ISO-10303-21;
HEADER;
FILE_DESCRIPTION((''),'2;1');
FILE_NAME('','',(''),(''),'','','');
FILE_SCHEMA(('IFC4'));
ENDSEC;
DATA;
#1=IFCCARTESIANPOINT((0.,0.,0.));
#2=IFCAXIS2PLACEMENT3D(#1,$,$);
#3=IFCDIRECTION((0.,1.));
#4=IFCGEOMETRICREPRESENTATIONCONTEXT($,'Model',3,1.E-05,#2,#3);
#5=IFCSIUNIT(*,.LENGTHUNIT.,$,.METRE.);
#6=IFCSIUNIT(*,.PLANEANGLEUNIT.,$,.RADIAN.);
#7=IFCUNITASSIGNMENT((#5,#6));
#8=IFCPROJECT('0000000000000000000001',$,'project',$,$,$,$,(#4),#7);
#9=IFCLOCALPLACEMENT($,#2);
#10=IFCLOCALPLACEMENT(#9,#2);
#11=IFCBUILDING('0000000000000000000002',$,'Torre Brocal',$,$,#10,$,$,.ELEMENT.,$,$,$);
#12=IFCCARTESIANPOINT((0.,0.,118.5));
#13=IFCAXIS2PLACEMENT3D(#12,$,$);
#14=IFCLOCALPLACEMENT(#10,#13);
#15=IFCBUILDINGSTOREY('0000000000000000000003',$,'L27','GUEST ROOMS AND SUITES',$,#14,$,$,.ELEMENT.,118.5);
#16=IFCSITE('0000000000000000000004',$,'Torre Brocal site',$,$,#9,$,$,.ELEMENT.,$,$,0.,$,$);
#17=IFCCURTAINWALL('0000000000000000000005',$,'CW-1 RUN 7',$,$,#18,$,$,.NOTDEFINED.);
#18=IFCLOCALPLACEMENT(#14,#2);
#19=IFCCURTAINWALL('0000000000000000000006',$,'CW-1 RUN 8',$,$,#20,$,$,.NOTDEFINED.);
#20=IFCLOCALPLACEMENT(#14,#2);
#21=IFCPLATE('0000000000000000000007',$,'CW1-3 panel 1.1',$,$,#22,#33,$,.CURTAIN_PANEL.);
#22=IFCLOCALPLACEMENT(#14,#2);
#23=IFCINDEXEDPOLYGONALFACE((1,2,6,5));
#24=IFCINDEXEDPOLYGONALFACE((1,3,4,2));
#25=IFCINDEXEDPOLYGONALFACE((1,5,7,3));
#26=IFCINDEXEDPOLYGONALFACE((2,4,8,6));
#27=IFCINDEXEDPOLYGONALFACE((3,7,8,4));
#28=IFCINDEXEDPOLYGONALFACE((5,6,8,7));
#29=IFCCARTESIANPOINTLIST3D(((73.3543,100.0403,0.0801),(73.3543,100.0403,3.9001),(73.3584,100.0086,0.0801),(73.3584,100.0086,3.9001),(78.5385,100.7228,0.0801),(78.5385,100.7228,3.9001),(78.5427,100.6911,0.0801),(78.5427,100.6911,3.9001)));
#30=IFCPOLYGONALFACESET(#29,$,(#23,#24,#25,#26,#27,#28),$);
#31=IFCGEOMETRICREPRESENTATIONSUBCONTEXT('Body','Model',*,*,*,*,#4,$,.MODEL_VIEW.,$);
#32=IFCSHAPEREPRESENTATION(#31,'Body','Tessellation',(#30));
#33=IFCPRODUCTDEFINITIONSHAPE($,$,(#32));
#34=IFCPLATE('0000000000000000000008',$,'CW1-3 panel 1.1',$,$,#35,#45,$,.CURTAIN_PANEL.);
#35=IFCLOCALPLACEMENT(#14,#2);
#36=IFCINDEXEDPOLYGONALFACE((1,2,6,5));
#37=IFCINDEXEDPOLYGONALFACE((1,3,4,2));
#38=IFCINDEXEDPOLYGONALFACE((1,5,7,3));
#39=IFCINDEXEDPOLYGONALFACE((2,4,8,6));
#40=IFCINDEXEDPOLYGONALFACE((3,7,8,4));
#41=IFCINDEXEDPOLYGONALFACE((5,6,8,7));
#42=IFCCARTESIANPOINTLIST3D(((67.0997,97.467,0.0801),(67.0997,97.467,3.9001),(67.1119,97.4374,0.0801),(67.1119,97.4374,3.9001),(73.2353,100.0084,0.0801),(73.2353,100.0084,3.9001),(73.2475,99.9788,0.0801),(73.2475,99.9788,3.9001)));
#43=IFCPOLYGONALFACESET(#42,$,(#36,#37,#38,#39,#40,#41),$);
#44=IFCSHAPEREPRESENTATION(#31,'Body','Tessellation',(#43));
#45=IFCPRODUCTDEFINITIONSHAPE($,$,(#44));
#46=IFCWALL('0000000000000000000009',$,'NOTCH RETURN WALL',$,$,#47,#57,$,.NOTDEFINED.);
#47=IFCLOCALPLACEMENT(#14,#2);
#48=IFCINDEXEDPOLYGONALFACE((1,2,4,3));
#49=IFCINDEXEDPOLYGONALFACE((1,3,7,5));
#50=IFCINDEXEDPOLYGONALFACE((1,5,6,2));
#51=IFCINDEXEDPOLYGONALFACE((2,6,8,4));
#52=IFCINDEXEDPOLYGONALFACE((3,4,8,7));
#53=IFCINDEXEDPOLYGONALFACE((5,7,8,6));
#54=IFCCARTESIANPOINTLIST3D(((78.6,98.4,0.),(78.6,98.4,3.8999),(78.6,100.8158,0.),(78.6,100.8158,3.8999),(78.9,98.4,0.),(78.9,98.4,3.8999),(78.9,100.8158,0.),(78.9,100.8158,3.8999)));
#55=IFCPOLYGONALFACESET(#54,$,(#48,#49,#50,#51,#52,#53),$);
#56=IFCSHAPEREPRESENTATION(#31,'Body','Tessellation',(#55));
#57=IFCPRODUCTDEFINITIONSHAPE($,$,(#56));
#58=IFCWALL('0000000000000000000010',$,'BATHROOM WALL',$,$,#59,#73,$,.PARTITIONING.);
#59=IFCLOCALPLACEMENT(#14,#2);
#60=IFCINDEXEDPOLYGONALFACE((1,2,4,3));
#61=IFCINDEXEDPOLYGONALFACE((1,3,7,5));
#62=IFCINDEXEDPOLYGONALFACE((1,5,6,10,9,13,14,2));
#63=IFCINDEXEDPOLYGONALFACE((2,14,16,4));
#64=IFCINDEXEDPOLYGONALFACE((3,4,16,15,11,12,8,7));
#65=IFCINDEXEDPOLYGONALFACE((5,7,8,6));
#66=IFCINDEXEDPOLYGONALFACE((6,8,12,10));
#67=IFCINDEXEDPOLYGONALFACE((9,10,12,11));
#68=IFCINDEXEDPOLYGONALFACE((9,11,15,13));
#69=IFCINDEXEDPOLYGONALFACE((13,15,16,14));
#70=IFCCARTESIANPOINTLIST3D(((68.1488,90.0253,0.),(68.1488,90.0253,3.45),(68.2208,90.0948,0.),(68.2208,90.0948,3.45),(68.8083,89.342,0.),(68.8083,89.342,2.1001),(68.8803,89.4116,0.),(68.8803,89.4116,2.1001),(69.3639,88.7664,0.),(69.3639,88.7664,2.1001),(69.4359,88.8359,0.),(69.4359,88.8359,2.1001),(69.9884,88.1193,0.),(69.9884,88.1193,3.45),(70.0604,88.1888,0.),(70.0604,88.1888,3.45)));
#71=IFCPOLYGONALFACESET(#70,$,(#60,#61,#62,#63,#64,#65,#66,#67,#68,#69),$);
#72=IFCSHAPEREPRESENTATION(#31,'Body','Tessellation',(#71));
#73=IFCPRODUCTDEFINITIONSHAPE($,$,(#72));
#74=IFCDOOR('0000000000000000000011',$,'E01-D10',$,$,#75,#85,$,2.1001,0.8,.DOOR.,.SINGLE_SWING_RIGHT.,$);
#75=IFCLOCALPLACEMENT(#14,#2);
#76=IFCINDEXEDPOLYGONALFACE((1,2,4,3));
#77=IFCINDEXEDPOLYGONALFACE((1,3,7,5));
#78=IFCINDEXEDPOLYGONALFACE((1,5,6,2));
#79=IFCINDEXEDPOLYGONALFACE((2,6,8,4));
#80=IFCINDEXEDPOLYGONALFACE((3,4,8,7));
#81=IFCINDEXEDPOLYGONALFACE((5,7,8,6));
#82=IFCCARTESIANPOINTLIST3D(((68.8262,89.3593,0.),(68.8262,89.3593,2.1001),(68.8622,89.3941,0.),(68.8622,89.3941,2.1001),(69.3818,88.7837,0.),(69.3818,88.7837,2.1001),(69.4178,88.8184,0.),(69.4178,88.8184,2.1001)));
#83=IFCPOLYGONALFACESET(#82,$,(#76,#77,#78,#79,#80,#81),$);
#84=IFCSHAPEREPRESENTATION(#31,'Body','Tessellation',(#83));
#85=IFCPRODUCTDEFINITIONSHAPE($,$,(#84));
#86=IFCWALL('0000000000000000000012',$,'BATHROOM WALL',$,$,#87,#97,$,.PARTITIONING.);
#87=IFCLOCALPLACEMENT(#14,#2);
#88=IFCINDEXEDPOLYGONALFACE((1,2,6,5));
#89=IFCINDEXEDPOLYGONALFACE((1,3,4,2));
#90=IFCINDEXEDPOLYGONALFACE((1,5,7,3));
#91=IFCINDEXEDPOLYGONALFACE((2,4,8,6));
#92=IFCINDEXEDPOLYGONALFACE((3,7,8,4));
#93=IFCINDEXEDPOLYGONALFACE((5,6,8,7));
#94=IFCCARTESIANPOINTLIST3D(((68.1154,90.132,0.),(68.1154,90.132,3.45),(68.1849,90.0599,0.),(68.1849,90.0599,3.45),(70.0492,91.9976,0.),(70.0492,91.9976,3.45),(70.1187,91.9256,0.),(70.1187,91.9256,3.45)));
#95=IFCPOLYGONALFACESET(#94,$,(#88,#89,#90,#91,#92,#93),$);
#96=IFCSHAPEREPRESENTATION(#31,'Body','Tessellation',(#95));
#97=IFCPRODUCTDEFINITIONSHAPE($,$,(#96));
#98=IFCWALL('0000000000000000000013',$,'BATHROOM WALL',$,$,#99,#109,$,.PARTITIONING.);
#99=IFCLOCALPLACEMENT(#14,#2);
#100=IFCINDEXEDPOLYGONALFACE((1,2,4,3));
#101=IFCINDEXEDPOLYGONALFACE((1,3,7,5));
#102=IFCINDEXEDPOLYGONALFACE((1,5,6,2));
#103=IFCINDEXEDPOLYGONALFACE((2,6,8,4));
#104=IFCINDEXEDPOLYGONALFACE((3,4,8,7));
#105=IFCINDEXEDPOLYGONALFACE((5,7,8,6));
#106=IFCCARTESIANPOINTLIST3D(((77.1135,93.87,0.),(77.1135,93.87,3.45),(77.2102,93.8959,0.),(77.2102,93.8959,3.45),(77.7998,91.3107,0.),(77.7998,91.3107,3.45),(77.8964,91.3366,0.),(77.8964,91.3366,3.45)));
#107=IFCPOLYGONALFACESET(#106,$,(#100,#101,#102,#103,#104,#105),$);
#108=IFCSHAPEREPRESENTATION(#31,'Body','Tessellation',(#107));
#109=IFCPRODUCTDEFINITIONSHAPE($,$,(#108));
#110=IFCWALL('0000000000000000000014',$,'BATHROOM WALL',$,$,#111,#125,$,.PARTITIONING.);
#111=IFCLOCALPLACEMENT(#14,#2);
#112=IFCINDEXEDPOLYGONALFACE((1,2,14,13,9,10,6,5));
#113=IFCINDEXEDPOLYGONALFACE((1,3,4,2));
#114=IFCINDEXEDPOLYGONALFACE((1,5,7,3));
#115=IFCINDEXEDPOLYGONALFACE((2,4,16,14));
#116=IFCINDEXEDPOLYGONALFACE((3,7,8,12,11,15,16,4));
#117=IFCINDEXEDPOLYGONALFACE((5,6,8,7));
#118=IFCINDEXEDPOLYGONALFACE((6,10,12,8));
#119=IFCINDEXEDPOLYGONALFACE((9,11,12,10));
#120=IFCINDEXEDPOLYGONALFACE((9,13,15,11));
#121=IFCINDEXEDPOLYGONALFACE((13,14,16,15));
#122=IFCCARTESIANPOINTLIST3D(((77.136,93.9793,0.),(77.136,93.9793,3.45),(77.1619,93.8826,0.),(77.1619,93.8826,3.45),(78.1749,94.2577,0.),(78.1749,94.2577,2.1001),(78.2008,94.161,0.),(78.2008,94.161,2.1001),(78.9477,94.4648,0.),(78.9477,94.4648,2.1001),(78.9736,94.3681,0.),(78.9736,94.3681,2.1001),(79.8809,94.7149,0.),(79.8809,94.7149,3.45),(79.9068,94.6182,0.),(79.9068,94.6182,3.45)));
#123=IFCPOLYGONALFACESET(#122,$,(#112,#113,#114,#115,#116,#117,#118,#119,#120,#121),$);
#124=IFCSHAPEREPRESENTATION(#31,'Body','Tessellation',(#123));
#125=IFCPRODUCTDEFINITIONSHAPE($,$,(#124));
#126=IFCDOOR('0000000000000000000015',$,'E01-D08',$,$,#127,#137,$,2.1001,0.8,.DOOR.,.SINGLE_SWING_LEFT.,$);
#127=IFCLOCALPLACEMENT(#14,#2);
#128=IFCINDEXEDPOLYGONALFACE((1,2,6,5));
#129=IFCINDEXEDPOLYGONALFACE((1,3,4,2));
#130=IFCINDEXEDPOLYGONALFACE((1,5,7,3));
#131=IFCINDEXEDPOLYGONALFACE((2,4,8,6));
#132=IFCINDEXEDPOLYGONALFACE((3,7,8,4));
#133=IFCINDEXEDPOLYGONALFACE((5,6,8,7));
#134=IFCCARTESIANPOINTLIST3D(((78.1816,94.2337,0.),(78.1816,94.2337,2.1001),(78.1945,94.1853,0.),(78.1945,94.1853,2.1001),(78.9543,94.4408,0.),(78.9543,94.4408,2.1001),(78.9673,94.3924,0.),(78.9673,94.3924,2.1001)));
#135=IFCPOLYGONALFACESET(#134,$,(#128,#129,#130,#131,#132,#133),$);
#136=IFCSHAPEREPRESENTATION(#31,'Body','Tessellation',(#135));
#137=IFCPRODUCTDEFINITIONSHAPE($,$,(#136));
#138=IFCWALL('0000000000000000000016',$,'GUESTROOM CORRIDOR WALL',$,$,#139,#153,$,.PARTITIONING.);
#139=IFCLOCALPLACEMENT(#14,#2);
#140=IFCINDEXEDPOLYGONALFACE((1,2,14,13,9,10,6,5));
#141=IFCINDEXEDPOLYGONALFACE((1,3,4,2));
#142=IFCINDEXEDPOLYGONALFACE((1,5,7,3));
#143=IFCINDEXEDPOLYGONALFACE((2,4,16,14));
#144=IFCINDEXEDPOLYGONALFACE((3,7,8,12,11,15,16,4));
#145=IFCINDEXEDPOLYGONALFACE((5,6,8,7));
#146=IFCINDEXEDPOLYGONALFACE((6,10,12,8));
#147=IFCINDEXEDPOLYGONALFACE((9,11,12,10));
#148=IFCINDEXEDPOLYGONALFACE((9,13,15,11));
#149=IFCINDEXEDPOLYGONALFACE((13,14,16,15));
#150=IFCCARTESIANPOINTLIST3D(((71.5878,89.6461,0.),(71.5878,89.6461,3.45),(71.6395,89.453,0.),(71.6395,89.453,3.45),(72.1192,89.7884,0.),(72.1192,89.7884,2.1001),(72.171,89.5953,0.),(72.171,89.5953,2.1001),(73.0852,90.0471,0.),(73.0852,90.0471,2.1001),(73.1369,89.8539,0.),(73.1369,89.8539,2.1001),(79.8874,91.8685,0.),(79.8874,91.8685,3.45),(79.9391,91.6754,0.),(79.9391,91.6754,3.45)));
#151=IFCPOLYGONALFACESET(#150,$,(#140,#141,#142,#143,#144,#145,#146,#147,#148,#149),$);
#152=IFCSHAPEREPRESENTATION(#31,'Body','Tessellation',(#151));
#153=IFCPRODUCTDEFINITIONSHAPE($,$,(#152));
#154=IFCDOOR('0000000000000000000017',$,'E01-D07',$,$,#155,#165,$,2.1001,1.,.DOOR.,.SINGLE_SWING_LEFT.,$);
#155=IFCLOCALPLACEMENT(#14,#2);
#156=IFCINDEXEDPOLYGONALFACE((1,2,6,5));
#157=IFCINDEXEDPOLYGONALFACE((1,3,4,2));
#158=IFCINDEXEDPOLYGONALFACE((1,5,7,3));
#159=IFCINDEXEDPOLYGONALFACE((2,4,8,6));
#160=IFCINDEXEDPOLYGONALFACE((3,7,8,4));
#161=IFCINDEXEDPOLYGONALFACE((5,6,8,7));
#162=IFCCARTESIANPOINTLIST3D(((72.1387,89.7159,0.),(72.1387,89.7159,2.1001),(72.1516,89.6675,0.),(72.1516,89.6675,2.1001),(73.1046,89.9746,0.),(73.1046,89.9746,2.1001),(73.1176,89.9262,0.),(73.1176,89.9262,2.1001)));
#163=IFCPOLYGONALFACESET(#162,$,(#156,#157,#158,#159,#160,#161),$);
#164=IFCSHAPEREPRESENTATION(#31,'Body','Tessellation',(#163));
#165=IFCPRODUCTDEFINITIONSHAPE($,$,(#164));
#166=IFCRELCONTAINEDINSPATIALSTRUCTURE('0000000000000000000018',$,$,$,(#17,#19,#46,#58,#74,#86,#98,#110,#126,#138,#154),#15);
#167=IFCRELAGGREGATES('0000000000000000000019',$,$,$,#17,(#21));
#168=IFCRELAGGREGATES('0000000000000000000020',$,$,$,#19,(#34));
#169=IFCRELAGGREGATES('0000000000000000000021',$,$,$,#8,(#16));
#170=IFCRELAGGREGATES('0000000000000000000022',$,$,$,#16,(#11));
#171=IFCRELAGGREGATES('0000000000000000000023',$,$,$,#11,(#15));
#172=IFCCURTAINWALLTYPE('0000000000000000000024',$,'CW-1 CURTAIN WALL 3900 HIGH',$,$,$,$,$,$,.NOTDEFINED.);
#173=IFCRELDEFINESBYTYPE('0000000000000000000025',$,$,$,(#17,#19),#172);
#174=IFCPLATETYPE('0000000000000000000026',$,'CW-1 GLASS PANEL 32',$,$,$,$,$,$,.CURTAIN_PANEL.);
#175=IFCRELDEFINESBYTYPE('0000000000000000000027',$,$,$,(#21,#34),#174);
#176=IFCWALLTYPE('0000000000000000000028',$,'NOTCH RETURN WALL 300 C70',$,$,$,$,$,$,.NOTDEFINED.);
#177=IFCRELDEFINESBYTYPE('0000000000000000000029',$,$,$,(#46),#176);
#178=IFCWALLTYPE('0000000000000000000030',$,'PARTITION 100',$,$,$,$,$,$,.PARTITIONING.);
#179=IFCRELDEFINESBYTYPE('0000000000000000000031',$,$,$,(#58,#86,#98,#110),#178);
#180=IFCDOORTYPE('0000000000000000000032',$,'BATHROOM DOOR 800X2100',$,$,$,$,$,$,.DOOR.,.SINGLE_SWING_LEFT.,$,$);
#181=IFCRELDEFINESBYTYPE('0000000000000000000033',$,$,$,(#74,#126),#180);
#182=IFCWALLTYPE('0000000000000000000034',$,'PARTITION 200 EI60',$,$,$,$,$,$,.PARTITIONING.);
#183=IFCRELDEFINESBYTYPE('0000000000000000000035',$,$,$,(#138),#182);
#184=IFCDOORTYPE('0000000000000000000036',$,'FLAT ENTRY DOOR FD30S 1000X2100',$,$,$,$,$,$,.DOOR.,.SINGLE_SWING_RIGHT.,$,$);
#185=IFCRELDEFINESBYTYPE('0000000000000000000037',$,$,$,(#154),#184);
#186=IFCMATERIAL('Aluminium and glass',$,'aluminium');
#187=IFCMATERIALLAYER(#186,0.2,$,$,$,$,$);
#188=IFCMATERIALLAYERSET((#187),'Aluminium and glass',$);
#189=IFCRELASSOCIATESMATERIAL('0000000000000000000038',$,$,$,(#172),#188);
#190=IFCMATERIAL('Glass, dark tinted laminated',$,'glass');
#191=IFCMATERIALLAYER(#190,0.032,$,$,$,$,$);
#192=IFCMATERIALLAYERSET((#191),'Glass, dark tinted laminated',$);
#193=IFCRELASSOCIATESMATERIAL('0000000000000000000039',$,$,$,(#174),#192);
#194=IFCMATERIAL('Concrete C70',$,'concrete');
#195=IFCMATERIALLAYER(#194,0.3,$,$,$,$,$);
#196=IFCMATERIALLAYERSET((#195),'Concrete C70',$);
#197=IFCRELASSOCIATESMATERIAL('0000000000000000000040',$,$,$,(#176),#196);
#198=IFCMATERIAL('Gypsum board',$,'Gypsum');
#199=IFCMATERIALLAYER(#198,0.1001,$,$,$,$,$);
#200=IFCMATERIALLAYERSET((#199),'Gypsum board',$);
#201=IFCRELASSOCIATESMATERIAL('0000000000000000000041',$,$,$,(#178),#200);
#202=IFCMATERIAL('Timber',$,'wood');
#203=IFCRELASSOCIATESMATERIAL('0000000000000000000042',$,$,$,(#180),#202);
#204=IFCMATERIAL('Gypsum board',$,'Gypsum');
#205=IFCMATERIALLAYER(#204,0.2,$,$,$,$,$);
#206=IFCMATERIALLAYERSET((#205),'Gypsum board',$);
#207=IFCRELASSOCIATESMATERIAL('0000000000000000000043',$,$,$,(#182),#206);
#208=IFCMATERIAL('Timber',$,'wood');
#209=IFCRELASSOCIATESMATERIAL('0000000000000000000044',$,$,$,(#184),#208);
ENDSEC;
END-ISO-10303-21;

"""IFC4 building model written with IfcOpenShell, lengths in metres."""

from ifc_helpers import new_model, si_unit, direction, frame, frame_2d, origin, origin_2d, place, context, subcontext, project, spatial, rectangle, extrude, material, layer, layer_set, type_object, element, fill, aggregate, save


model = new_model("IFC4")

# Units and contexts
model_context = context("Model", 3, precision=1e-05, world=origin(), true_north=direction((0.0, 1.0)))
body_context = subcontext(model_context, "Body", "Model", "MODEL_VIEW")
ifc_project = project(units=[si_unit("LENGTHUNIT", "METRE"), si_unit("PLANEANGLEUNIT", "RADIAN")], contexts=[model_context])

# Site, building, storey
site_placement = place(None, origin())
site = spatial("IfcSite", under=ifc_project, at=site_placement, Name="Torre Brocal site", CompositionType="ELEMENT", RefElevation=0.0)
building_placement = place(site_placement, origin())
building = spatial("IfcBuilding", under=site, at=building_placement, Name="Torre Brocal", CompositionType="ELEMENT")
storey_placement = place(building_placement, frame((0.0, 0.0, 118.5)))
storey = spatial("IfcBuildingStorey", under=building, at=storey_placement, Name="L27", Description="GUEST ROOMS AND SUITES", CompositionType="ELEMENT", Elevation=118.5)

# Curtain wall
ifc_material_1 = material(Name="Aluminium and glass", Category="aluminium")
ifc_layer_1 = layer(ifc_material_1, 0.2)
ifc_layer_set_1 = layer_set([ifc_layer_1], Name="Aluminium and glass")
curtain_wall_type = type_object("IfcCurtainWallType", Name="CW-1 CURTAIN WALL 3900 HIGH", PredefinedType="NOTDEFINED", material=ifc_layer_set_1)
curtain_wall_1_placement = place(storey_placement, origin())
curtain_wall_1 = element("IfcCurtainWall", 1, at=curtain_wall_1_placement, inside=storey, type_object=curtain_wall_type, Name="CW-1 RUN 7", PredefinedType="NOTDEFINED")

# Curtain wall
curtain_wall_2_placement = place(storey_placement, origin())
curtain_wall_2 = element("IfcCurtainWall", 2, at=curtain_wall_2_placement, inside=storey, type_object=curtain_wall_type, Name="CW-1 RUN 8", PredefinedType="NOTDEFINED")

# Plates
ifc_material_2 = material(Name="Glass, dark tinted laminated", Category="glass")
ifc_layer_2 = layer(ifc_material_2, 0.032)
ifc_layer_set_2 = layer_set([ifc_layer_2], Name="Glass, dark tinted laminated")
plate_type = type_object("IfcPlateType", Name="CW-1 GLASS PANEL 32", PredefinedType="CURTAIN_PANEL", material=ifc_layer_set_2)
plate_1_placement = place(storey_placement, frame((75.9485, 100.3657, 0.0801), z_axis=(0.0, 0.0, 1.0), x_axis=(-0.991445, -0.130526, 0.0)))
plate_1 = element("IfcPlate", 3, at=plate_1_placement, type_object=plate_type, Name="CW1-3 panel 1.1", PredefinedType="CURTAIN_PANEL", context=body_context, shape_type="SweptSolid", body=[
    extrude(rectangle(XDim=5.229, YDim=0.032, at=origin_2d()), origin(), (0.0, 0.0, 1.0), 3.8201),
])
aggregate(curtain_wall_1, [plate_1])
plate_2_placement = place(storey_placement, frame((70.1736, 98.7229, 0.0801), z_axis=(0.0, 0.0, 1.0), x_axis=(-0.92388, -0.382683, 0.0)))
plate_2 = element("IfcPlate", 4, at=plate_2_placement, type_object=plate_type, Name="CW1-3 panel 1.1", PredefinedType="CURTAIN_PANEL", context=body_context, shape_type="SweptSolid", body=[
    extrude(rectangle(XDim=6.6411, YDim=0.032, at=origin_2d()), origin(), (0.0, 0.0, 1.0), 3.8201),
])
aggregate(curtain_wall_2, [plate_2])

# Wall
ifc_material_3 = material(Name="Concrete C70", Category="concrete")
ifc_layer_3 = layer(ifc_material_3, 0.3)
ifc_layer_set_3 = layer_set([ifc_layer_3], Name="Concrete C70")
wall_type_1 = type_object("IfcWallType", Name="NOTCH RETURN WALL 300 C70", PredefinedType="NOTDEFINED", material=ifc_layer_set_3)
wall_1_placement = place(storey_placement, frame((78.75, 98.3999, 0.0), z_axis=(0.0, 0.0, 1.0), x_axis=(0.0, 1.0, 0.0)))
element("IfcWall", 5, at=wall_1_placement, inside=storey, type_object=wall_type_1, Name="NOTCH RETURN WALL", PredefinedType="NOTDEFINED", context=body_context, shape_type="SweptSolid", body=[
    extrude(rectangle(XDim=2.4158, YDim=0.3, at=frame_2d((1.208, 0.0))), origin(), (0.0, 0.0, 1.0), 3.8999),
])

# Wall, opening, door
ifc_material_4 = material(Name="Gypsum board", Category="Gypsum")
ifc_layer_4 = layer(ifc_material_4, 0.1001)
ifc_layer_set_4 = layer_set([ifc_layer_4], Name="Gypsum board")
wall_type_2 = type_object("IfcWallType", Name="PARTITION 100", PredefinedType="PARTITIONING", material=ifc_layer_set_4)
wall_2_placement = place(storey_placement, frame((68.1848, 90.0601, 0.0), z_axis=(0.0, 0.0, 1.0), x_axis=(0.694461, -0.71953, 0.0)))
wall_2 = element("IfcWall", 6, at=wall_2_placement, inside=storey, type_object=wall_type_2, Name="BATHROOM WALL", PredefinedType="PARTITIONING", context=body_context, shape_type="SweptSolid", body=[
    extrude(rectangle(XDim=2.6489, YDim=0.1001, at=frame_2d((1.3245, 0.0))), origin(), (0.0, 0.0, 1.0), 3.45),
])
opening_1_placement = place(wall_2_placement, frame((0.9497, 0.0, 0.0)))
opening_1 = element("IfcOpeningElement", 7, at=opening_1_placement, cuts=wall_2, PredefinedType="OPENING", context=body_context, shape_type="SweptSolid", body=[
    extrude(rectangle(XDim=0.8, YDim=2.1001, at=frame_2d((0.3999, 1.05))), frame((0.0, 0.0601, 0.0), z_axis=(0.0, -1.0, 0.0), x_axis=(1.0, 0.0, 0.0)), (0.0, 0.0, 1.0), 0.1201),
])
ifc_material_5 = material(Name="Timber", Category="wood")
door_type_1 = type_object("IfcDoorType", Name="BATHROOM DOOR 800X2100", OperationType="SINGLE_SWING_LEFT", PredefinedType="DOOR", material=ifc_material_5)
door_1_placement = place(opening_1_placement, origin())
door_1 = element("IfcDoor", 8, at=door_1_placement, inside=storey, type_object=door_type_1, Name="E01-D10", OperationType="SINGLE_SWING_RIGHT", OverallHeight=2.1001, OverallWidth=0.8, PredefinedType="DOOR", context=body_context, shape_type="SweptSolid", body=[
    extrude(rectangle(XDim=0.8, YDim=2.1001, at=frame_2d((0.3999, 1.05))), frame((0.0, 0.0249, 0.0), z_axis=(0.0, -1.0, 0.0), x_axis=(1.0, 0.0, 0.0)), (0.0, 0.0, 1.0), 0.05),
])
fill(opening_1, door_1)

# Walls
wall_3_placement = place(storey_placement, frame((68.1501, 90.0959, 0.0), z_axis=(0.0, 0.0, 1.0), x_axis=(0.719668, 0.694319, 0.0)))
element("IfcWall", 9, at=wall_3_placement, inside=storey, type_object=wall_type_2, Name="BATHROOM WALL", PredefinedType="PARTITIONING", context=body_context, shape_type="SweptSolid", body=[
    extrude(rectangle(XDim=2.687, YDim=0.1001, at=frame_2d((1.3435, 0.0))), origin(), (0.0, 0.0, 1.0), 3.45),
])
wall_4_placement = place(storey_placement, frame((77.1619, 93.8828, 0.0), z_axis=(0.0, 0.0, 1.0), x_axis=(0.258999, -0.965878, 0.0)))
element("IfcWall", 10, at=wall_4_placement, inside=storey, type_object=wall_type_2, Name="BATHROOM WALL", PredefinedType="PARTITIONING", context=body_context, shape_type="SweptSolid", body=[
    extrude(rectangle(XDim=2.6497, YDim=0.1001, at=frame_2d((1.3247, 0.0))), origin(), (0.0, 0.0, 1.0), 3.45),
])

# Walls, openings, doors
wall_5_placement = place(storey_placement, frame((77.1489, 93.9309, 0.0), z_axis=(0.0, 0.0, 1.0), x_axis=(0.965916, 0.258855, 0.0)))
wall_5 = element("IfcWall", 11, at=wall_5_placement, inside=storey, type_object=wall_type_2, Name="BATHROOM WALL", PredefinedType="PARTITIONING", context=body_context, shape_type="SweptSolid", body=[
    extrude(rectangle(XDim=2.8418, YDim=0.1001, at=frame_2d((1.4209, 0.0))), origin(), (0.0, 0.0, 1.0), 3.45),
])
opening_2_placement = place(wall_5_placement, frame((1.0757, 0.0, 0.0)))
opening_2 = element("IfcOpeningElement", 12, at=opening_2_placement, cuts=wall_5, PredefinedType="OPENING", context=body_context, shape_type="SweptSolid", body=[
    extrude(rectangle(XDim=0.8, YDim=2.1001, at=frame_2d((0.3999, 1.05))), frame((0.0, 0.0601, 0.0), z_axis=(0.0, -1.0, 0.0), x_axis=(1.0, 0.0, 0.0)), (0.0, 0.0, 1.0), 0.1201),
])
door_2_placement = place(opening_2_placement, frame((0.8, 0.0, 0.0), z_axis=(0.0, 0.0, 1.0), x_axis=(-1.0, 0.0, 0.0)))
door_2 = element("IfcDoor", 13, at=door_2_placement, inside=storey, type_object=door_type_1, Name="E01-D08", OperationType="SINGLE_SWING_LEFT", OverallHeight=2.1001, OverallWidth=0.8, PredefinedType="DOOR", context=body_context, shape_type="SweptSolid", body=[
    extrude(rectangle(XDim=0.8, YDim=2.1001, at=frame_2d((0.3999, 1.05))), frame((0.0, 0.0249, 0.0), z_axis=(0.0, -1.0, 0.0), x_axis=(1.0, 0.0, 0.0)), (0.0, 0.0, 1.0), 0.05),
])
fill(opening_2, door_2)
ifc_material_6 = material(Name="Gypsum board", Category="Gypsum")
ifc_layer_5 = layer(ifc_material_6, 0.2)
ifc_layer_set_5 = layer_set([ifc_layer_5], Name="Gypsum board")
wall_type_3 = type_object("IfcWallType", Name="PARTITION 200 EI60", PredefinedType="PARTITIONING", material=ifc_layer_set_5)
wall_6_placement = place(storey_placement, frame((71.6138, 89.5496, 0.0), z_axis=(0.0, 0.0, 1.0), x_axis=(0.965968, 0.258662, 0.0)))
wall_6 = element("IfcWall", 14, at=wall_6_placement, inside=storey, type_object=wall_type_3, Name="GUESTROOM CORRIDOR WALL", PredefinedType="PARTITIONING", context=body_context, shape_type="SweptSolid", body=[
    extrude(rectangle(XDim=8.592, YDim=0.2, at=frame_2d((4.2959, 0.0))), origin(), (0.0, 0.0, 1.0), 3.45),
])
opening_3_placement = place(wall_6_placement, frame((0.55, 0.0, 0.0)))
opening_3 = element("IfcOpeningElement", 15, at=opening_3_placement, cuts=wall_6, PredefinedType="OPENING", context=body_context, shape_type="SweptSolid", body=[
    extrude(rectangle(XDim=1.0, YDim=2.1001, at=frame_2d((0.5, 1.05))), frame((0.0, 0.1099, 0.0), z_axis=(0.0, -1.0, 0.0), x_axis=(1.0, 0.0, 0.0)), (0.0, 0.0, 1.0), 0.22),
])
ifc_material_7 = material(Name="Timber", Category="wood")
door_type_2 = type_object("IfcDoorType", Name="FLAT ENTRY DOOR FD30S 1000X2100", OperationType="SINGLE_SWING_RIGHT", PredefinedType="DOOR", material=ifc_material_7)
door_3_placement = place(opening_3_placement, origin())
door_3 = element("IfcDoor", 16, at=door_3_placement, inside=storey, type_object=door_type_2, Name="E01-D07", OperationType="SINGLE_SWING_LEFT", OverallHeight=2.1001, OverallWidth=1.0, PredefinedType="DOOR", context=body_context, shape_type="SweptSolid", body=[
    extrude(rectangle(XDim=1.0, YDim=2.1001, at=frame_2d((0.5, 1.05))), frame((0.0, 0.0249, 0.0), z_axis=(0.0, -1.0, 0.0), x_axis=(1.0, 0.0, 0.0)), (0.0, 0.0, 1.0), 0.05),
])
fill(opening_3, door_3)

save(model, "model.ifc")
